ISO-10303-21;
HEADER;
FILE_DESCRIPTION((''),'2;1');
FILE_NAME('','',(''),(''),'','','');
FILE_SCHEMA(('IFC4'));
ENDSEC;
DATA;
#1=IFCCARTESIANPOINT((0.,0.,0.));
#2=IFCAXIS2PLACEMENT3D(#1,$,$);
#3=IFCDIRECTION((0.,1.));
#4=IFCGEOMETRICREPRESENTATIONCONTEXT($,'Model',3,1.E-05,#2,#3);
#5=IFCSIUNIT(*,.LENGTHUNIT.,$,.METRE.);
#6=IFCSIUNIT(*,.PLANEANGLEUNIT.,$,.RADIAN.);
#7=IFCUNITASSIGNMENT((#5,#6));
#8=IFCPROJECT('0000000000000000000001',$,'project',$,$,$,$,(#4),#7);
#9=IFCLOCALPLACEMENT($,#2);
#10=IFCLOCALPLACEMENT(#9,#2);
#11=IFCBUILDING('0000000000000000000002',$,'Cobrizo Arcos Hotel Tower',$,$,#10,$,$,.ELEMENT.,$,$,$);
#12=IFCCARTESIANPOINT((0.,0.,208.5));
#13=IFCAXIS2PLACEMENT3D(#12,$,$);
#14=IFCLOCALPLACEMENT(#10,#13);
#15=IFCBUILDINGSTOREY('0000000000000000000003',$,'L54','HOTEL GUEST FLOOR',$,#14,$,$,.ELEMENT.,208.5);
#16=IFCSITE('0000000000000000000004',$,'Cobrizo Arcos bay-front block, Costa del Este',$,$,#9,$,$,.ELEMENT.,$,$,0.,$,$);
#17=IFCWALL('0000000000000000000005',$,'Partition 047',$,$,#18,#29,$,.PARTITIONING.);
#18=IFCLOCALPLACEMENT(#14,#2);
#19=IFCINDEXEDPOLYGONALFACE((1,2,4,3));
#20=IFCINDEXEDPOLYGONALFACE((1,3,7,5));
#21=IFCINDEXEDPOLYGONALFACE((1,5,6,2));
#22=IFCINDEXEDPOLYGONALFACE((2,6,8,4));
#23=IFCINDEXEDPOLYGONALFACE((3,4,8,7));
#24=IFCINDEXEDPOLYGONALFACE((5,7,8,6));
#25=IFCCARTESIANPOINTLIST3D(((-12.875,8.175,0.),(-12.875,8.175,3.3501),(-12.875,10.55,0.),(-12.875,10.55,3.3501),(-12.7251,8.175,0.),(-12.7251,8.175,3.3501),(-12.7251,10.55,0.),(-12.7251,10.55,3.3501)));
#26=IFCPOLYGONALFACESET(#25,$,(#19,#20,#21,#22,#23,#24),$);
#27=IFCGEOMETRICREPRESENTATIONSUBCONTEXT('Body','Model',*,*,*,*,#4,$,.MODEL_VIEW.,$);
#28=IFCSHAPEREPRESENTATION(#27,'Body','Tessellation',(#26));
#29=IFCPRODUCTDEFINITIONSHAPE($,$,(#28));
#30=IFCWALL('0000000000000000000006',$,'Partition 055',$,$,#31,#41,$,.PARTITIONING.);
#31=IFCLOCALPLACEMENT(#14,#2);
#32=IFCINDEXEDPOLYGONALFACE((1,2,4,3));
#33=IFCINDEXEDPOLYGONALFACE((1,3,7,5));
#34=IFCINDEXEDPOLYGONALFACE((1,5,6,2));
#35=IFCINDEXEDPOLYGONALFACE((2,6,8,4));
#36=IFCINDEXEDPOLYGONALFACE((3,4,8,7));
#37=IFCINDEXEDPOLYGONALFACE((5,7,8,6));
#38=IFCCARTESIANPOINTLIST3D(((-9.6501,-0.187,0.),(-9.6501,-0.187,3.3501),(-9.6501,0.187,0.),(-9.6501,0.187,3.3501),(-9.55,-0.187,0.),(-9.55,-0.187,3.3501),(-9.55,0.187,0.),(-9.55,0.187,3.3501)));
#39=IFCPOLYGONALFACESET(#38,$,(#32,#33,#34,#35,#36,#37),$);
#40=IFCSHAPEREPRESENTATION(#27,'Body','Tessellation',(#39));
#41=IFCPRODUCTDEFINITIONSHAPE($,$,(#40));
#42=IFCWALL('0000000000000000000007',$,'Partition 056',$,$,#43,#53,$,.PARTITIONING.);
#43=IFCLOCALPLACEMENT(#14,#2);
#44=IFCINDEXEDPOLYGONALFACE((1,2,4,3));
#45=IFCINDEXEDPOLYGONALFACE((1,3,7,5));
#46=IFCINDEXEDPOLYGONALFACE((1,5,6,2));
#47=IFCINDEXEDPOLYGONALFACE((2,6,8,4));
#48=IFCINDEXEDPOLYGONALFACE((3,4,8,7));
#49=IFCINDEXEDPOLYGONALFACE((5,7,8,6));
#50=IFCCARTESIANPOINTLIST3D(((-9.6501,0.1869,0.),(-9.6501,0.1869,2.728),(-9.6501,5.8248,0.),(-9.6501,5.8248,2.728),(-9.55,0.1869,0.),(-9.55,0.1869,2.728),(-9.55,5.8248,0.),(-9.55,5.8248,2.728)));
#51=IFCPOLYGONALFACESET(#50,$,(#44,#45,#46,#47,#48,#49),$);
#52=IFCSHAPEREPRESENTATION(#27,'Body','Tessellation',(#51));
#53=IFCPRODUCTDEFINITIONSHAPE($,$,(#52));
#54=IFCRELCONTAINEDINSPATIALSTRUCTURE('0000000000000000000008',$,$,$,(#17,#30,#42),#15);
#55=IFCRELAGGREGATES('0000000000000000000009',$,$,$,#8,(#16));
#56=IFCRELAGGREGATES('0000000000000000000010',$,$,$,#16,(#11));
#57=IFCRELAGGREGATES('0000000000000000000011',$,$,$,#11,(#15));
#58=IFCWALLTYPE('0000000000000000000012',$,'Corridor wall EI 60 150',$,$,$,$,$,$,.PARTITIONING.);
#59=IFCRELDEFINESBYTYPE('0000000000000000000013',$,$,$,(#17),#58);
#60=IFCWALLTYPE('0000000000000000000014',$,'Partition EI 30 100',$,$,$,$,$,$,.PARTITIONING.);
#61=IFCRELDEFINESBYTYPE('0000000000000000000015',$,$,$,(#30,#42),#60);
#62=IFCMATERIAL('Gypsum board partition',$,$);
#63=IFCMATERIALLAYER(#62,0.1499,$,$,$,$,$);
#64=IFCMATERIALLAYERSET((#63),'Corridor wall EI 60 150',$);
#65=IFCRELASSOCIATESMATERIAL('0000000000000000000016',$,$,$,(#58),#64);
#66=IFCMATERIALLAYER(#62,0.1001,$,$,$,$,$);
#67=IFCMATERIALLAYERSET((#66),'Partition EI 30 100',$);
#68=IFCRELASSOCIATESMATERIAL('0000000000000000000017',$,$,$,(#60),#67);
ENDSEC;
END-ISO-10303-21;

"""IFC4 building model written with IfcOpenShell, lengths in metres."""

from ifc_helpers import new_model, si_unit, direction, frame, frame_2d, origin, place, context, subcontext, project, spatial, rectangle, extrude, material, layer, layer_set, type_object, element, save


model = new_model("IFC4")

# Units and contexts
model_context = context("Model", 3, precision=1e-05, world=origin(), true_north=direction((0.0, 1.0)))
body_context = subcontext(model_context, "Body", "Model", "MODEL_VIEW")
ifc_project = project(units=[si_unit("LENGTHUNIT", "METRE"), si_unit("PLANEANGLEUNIT", "RADIAN")], contexts=[model_context])

# Site, building, storey
site_placement = place(None, origin())
site = spatial("IfcSite", under=ifc_project, at=site_placement, Name="Cobrizo Arcos bay-front block, Costa del Este", CompositionType="ELEMENT", RefElevation=0.0)
building_placement = place(site_placement, origin())
building = spatial("IfcBuilding", under=site, at=building_placement, Name="Cobrizo Arcos Hotel Tower", CompositionType="ELEMENT")
storey_placement = place(building_placement, frame((0.0, 0.0, 208.5)))
storey = spatial("IfcBuildingStorey", under=building, at=storey_placement, Name="L54", Description="HOTEL GUEST FLOOR", CompositionType="ELEMENT", Elevation=208.5)

# Shared definitions
ifc_material_1 = material(Name="Gypsum board partition")
ifc_layer_1 = layer(ifc_material_1, 0.1499)
ifc_layer_set_1 = layer_set([ifc_layer_1], Name="Corridor wall EI 60 150")
wall_type_1 = type_object("IfcWallType", Name="Corridor wall EI 60 150", PredefinedType="PARTITIONING", material=ifc_layer_set_1)

# Walls
wall_1_placement = place(storey_placement, frame((-12.8, 8.175, 0.0), z_axis=(0.0, 0.0, 1.0), x_axis=(0.0, 1.0, 0.0)))
element("IfcWall", 1, at=wall_1_placement, inside=storey, type_object=wall_type_1, Name="Partition 047", PredefinedType="PARTITIONING", context=body_context, shape_type="SweptSolid", body=[
    extrude(rectangle(XDim=2.375, YDim=0.1499, at=frame_2d((1.1875, 0.0))), origin(), (0.0, 0.0, 1.0), 3.3501),
])
ifc_layer_2 = layer(ifc_material_1, 0.1001)
ifc_layer_set_2 = layer_set([ifc_layer_2], Name="Partition EI 30 100")
wall_type_2 = type_object("IfcWallType", Name="Partition EI 30 100", PredefinedType="PARTITIONING", material=ifc_layer_set_2)
wall_2_placement = place(storey_placement, frame((-9.6001, -0.187, 0.0), z_axis=(0.0, 0.0, 1.0), x_axis=(0.0, 1.0, 0.0)))
element("IfcWall", 2, at=wall_2_placement, inside=storey, type_object=wall_type_2, Name="Partition 055", PredefinedType="PARTITIONING", context=body_context, shape_type="SweptSolid", body=[
    extrude(rectangle(XDim=0.374, YDim=0.1001, at=frame_2d((0.187, 0.0))), origin(), (0.0, 0.0, 1.0), 3.3501),
])
wall_3_placement = place(storey_placement, frame((-9.6001, 0.187, 0.0), z_axis=(0.0, 0.0, 1.0), x_axis=(0.0, 1.0, 0.0)))
element("IfcWall", 3, at=wall_3_placement, inside=storey, type_object=wall_type_2, Name="Partition 056", PredefinedType="PARTITIONING", context=body_context, shape_type="SweptSolid", body=[
    extrude(rectangle(XDim=5.6379, YDim=0.1001, at=frame_2d((2.8188, 0.0))), origin(), (0.0, 0.0, 1.0), 2.728),
])

save(model, "model.ifc")
